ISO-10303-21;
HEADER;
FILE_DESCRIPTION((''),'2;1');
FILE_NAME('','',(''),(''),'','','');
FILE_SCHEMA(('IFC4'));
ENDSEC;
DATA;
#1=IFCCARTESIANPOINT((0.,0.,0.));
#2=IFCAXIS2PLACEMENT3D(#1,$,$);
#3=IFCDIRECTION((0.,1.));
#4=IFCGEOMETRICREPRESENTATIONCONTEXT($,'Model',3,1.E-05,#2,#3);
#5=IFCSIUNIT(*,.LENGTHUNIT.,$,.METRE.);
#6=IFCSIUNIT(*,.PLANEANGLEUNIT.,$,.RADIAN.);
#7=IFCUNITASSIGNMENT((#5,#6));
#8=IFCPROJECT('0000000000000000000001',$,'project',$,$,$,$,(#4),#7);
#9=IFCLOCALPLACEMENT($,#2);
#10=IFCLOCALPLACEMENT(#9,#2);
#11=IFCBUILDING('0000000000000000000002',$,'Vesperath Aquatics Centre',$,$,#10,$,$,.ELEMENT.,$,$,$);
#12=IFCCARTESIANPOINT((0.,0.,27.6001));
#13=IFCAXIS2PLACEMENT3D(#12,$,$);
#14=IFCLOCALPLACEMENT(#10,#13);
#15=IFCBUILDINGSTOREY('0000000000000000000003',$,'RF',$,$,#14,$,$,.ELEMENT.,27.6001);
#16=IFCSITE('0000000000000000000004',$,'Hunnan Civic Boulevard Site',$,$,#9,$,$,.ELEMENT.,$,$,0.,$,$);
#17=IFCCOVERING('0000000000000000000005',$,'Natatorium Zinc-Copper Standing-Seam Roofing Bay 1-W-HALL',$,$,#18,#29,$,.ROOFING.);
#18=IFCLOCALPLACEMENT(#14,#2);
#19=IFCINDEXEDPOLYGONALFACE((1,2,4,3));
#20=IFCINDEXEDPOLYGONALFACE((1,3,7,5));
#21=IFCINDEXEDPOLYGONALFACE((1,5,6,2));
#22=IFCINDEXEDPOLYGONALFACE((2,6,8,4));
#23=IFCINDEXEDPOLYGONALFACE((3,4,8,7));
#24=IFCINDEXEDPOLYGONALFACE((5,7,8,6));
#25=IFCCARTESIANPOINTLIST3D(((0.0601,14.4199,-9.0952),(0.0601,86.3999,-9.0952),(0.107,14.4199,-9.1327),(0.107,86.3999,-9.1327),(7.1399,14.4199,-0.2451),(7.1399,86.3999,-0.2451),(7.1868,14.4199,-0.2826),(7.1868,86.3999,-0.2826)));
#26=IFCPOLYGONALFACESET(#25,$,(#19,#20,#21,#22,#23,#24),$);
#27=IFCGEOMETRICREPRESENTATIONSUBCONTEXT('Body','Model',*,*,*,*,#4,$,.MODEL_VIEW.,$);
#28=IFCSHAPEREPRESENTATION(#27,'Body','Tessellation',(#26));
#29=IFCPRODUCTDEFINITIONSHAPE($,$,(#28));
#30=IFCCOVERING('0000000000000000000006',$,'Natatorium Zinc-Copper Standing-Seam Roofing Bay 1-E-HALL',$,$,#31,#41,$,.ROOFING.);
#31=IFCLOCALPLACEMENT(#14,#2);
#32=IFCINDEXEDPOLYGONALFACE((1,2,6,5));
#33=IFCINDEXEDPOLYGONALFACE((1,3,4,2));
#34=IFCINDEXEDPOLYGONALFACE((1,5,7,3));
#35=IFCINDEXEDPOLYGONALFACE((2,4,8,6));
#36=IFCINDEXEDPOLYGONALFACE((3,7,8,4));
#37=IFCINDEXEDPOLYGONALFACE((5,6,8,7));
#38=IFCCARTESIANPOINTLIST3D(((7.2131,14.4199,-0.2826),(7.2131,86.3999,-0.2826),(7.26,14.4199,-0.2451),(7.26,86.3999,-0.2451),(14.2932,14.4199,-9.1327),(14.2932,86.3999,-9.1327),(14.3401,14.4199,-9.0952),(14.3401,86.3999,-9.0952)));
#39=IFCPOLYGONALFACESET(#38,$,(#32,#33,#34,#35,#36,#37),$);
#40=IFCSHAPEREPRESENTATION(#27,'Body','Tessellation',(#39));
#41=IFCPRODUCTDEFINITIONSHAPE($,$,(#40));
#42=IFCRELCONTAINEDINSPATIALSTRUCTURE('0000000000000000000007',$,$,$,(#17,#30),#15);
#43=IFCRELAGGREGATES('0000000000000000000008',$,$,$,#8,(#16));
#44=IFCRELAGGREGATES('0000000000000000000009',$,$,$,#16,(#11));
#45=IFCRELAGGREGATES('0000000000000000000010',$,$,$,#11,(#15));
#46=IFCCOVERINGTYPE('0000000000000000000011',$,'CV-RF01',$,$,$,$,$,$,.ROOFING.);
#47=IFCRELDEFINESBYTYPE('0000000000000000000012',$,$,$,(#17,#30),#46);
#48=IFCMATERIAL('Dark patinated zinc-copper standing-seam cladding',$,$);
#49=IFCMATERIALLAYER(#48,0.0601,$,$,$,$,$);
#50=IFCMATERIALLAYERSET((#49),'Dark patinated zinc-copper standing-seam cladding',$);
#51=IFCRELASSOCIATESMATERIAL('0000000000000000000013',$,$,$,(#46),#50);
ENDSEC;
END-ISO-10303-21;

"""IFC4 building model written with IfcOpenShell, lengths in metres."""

from ifc_helpers import new_model, si_unit, direction, frame, origin, place, context, subcontext, project, spatial, polyline, outline, extrude, material, layer, layer_set, type_object, element, save


model = new_model("IFC4")

# Units and contexts
model_context = context("Model", 3, precision=1e-05, world=origin(), true_north=direction((0.0, 1.0)))
body_context = subcontext(model_context, "Body", "Model", "MODEL_VIEW")
ifc_project = project(units=[si_unit("LENGTHUNIT", "METRE"), si_unit("PLANEANGLEUNIT", "RADIAN")], contexts=[model_context])

# Site, building, storey
site_placement = place(None, origin())
site = spatial("IfcSite", under=ifc_project, at=site_placement, Name="Hunnan Civic Boulevard Site", CompositionType="ELEMENT", RefElevation=0.0)
building_placement = place(site_placement, origin())
building = spatial("IfcBuilding", under=site, at=building_placement, Name="Vesperath Aquatics Centre", CompositionType="ELEMENT")
storey_placement = place(building_placement, frame((0.0, 0.0, 27.6001)))
storey = spatial("IfcBuildingStorey", under=building, at=storey_placement, Name="RF", CompositionType="ELEMENT", Elevation=27.6001)

# Coverings
ifc_material_1 = material(Name="Dark patinated zinc-copper standing-seam cladding")
ifc_layer_1 = layer(ifc_material_1, 0.0601)
ifc_layer_set_1 = layer_set([ifc_layer_1], Name="Dark patinated zinc-copper standing-seam cladding")
covering_type = type_object("IfcCoveringType", Name="CV-RF01", PredefinedType="ROOFING", material=ifc_layer_set_1)
covering_1_placement = place(storey_placement, frame((0.0601, 14.4199, -9.0952), z_axis=(-0.780879, 0.0, 0.624682), x_axis=(0.624682, 0.0, 0.780879)))
element("IfcCovering", 1, at=covering_1_placement, inside=storey, type_object=covering_type, Name="Natatorium Zinc-Copper Standing-Seam Roofing Bay 1-W-HALL", PredefinedType="ROOFING", context=body_context, shape_type="SweptSolid", body=[
    extrude(outline(polyline([(0.0, 0.0), (11.3335, 0.0), (11.3335, 71.98), (0.0, 71.98), (0.0, 0.0)])), origin(), (0.0, 0.0, -1.0), 0.0601),
])
covering_2_placement = place(storey_placement, frame((7.26, 14.4199, -0.2451), z_axis=(0.780869, 0.0, 0.624695), x_axis=(0.624695, 0.0, -0.780869)))
element("IfcCovering", 2, at=covering_2_placement, inside=storey, type_object=covering_type, Name="Natatorium Zinc-Copper Standing-Seam Roofing Bay 1-E-HALL", PredefinedType="ROOFING", context=body_context, shape_type="SweptSolid", body=[
    extrude(outline(polyline([(0.0, 0.0), (11.3337, 0.0), (11.3337, 71.98), (0.0, 71.98), (0.0, 0.0)])), origin(), (0.0, 0.0, -1.0), 0.0601),
])

save(model, "model.ifc")
